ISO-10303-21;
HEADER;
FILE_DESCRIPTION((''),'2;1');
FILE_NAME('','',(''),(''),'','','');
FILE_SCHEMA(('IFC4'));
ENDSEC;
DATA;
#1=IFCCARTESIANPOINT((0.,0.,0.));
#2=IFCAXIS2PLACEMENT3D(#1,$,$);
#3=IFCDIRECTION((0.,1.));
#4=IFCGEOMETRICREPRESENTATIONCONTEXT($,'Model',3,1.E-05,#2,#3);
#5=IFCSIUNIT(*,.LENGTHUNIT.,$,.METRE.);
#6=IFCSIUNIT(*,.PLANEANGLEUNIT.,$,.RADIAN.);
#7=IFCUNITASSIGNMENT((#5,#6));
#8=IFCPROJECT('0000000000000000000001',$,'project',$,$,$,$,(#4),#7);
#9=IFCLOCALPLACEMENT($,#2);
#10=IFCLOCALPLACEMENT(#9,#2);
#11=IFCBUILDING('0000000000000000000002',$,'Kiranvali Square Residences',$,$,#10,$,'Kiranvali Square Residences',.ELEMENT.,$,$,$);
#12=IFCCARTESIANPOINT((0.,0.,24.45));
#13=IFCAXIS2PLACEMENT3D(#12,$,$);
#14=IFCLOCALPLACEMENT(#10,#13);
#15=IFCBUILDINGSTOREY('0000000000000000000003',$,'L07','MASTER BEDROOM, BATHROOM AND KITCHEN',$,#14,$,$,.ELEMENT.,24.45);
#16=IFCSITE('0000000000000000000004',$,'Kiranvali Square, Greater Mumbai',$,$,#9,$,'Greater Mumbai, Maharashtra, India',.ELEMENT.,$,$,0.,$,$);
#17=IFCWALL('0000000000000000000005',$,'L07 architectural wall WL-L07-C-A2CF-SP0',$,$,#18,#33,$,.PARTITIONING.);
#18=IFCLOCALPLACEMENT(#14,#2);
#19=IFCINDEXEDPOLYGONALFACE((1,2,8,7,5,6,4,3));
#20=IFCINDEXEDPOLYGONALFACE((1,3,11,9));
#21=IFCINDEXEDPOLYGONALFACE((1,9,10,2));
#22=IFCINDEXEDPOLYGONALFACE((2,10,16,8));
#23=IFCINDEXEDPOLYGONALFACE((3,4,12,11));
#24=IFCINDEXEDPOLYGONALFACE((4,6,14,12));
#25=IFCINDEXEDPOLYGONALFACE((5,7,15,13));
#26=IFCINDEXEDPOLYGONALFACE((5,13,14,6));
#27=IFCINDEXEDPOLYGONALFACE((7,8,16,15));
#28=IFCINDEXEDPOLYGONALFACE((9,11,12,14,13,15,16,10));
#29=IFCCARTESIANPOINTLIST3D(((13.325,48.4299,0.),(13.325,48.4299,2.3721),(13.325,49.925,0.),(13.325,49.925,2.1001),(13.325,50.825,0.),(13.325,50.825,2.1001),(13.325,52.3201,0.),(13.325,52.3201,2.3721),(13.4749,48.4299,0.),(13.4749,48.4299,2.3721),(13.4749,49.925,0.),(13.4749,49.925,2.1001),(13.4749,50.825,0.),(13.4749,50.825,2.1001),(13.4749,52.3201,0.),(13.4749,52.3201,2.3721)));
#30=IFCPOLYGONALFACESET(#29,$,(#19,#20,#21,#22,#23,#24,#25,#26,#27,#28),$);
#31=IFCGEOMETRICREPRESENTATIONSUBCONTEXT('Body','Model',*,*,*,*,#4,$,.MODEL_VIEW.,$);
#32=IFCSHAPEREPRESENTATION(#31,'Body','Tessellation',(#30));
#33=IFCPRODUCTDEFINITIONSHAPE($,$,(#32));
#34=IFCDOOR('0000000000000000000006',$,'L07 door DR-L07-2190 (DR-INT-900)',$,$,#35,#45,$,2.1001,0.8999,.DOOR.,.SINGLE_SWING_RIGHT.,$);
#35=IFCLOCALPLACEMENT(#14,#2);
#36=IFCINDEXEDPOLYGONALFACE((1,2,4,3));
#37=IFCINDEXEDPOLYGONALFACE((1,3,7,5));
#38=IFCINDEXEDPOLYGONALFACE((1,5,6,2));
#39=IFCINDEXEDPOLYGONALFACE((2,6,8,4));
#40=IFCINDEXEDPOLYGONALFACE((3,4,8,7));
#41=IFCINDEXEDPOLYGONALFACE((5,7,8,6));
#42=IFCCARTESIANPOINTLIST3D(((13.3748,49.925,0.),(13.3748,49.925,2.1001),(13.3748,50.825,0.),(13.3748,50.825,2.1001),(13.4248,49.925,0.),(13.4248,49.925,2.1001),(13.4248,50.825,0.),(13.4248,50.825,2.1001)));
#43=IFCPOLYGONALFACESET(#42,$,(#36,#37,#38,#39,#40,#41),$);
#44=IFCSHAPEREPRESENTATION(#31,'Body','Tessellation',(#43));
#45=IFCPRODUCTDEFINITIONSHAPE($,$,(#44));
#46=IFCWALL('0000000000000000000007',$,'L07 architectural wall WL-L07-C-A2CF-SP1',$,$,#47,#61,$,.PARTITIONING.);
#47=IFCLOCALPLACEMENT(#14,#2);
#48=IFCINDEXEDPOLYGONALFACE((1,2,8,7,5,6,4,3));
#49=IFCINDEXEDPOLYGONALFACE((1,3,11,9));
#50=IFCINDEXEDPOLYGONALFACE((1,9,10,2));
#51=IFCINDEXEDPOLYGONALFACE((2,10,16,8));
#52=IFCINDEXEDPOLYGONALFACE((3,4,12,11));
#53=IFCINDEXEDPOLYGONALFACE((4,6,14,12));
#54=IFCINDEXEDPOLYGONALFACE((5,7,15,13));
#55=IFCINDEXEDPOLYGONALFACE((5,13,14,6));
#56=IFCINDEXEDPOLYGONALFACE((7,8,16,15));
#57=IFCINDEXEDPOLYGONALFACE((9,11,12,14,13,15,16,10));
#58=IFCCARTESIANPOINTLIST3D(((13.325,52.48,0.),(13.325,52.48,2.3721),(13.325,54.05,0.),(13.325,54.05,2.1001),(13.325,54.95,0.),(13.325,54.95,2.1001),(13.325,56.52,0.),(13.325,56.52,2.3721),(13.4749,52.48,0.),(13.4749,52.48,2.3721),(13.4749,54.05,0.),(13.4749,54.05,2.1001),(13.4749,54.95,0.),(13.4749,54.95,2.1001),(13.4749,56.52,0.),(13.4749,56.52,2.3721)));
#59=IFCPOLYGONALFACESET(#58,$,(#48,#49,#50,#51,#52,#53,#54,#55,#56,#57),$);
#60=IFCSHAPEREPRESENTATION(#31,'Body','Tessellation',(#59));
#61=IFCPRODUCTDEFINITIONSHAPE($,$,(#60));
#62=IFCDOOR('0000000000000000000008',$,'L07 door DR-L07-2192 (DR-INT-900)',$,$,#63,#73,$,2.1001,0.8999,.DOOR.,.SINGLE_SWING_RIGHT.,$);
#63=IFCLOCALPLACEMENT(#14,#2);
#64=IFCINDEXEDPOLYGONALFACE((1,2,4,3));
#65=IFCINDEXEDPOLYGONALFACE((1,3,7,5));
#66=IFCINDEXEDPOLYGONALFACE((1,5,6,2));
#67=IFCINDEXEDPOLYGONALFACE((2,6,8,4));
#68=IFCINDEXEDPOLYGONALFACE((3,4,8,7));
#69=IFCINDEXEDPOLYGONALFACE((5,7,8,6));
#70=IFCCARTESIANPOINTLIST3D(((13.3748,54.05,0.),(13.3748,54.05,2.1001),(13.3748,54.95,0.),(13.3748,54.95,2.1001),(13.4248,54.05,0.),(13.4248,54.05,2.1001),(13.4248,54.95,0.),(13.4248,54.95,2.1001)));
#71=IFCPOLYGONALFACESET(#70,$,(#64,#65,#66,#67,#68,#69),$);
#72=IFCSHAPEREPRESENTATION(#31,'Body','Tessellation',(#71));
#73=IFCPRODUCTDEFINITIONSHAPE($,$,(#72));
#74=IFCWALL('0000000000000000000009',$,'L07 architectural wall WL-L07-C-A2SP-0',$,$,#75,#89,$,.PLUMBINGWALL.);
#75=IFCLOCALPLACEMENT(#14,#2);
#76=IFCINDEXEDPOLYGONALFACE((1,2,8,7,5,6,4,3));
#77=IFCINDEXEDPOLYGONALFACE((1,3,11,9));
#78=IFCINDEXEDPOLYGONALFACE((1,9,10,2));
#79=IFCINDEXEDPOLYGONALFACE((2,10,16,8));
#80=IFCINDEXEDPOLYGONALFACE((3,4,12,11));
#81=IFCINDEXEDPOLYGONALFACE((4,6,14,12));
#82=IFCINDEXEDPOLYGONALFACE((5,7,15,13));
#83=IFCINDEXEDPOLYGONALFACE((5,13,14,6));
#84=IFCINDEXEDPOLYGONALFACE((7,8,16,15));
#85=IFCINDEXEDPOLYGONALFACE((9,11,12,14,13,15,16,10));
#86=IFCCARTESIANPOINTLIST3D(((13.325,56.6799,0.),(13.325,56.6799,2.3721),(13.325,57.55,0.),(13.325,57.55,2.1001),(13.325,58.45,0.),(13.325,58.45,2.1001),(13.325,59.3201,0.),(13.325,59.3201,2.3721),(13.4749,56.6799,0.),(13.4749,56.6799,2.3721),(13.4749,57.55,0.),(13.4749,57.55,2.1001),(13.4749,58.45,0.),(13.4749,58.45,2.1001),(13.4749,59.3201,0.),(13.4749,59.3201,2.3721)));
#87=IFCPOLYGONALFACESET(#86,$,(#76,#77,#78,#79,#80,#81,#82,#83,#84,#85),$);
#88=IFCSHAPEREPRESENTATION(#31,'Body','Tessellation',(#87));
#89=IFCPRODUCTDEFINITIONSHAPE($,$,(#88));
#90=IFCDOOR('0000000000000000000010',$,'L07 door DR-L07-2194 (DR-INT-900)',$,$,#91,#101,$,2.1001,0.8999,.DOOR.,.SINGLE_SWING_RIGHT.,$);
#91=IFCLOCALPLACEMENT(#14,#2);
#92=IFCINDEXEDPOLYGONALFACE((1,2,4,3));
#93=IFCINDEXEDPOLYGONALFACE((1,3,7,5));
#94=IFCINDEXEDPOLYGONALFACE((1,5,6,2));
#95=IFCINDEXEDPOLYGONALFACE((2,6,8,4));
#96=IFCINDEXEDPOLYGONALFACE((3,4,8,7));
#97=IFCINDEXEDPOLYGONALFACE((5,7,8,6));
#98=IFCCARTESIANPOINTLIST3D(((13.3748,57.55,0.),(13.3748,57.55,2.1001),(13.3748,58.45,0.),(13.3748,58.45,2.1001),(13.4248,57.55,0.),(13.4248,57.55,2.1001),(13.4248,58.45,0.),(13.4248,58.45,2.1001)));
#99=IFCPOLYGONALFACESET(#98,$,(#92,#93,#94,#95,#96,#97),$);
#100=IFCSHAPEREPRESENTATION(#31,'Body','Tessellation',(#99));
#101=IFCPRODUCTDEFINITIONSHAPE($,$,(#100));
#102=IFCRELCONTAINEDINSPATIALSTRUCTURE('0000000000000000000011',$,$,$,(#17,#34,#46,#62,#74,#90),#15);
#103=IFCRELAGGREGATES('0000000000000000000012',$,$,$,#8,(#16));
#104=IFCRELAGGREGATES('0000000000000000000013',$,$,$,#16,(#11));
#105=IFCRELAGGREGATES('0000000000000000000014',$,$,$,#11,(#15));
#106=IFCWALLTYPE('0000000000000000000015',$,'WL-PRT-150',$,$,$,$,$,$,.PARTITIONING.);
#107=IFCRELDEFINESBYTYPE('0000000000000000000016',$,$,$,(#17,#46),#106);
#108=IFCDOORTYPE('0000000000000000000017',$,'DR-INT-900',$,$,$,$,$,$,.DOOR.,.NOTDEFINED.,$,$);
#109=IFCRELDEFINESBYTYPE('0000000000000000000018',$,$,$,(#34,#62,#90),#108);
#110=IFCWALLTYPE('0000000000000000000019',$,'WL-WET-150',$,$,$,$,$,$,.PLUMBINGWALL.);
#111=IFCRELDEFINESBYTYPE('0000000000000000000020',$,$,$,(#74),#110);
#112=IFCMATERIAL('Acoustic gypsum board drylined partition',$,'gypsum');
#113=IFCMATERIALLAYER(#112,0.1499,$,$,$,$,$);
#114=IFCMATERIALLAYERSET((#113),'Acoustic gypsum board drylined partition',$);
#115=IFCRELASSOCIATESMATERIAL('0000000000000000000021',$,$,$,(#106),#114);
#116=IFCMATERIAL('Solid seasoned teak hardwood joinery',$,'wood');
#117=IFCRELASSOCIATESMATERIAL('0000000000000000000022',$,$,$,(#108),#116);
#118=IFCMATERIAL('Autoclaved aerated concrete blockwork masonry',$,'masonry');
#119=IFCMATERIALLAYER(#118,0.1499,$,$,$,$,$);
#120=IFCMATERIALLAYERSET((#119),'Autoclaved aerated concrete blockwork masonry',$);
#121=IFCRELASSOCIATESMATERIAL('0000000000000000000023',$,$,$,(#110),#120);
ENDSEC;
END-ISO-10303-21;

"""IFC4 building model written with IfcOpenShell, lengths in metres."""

from ifc_helpers import new_model, si_unit, direction, frame, frame_2d, origin, place, context, subcontext, project, spatial, rectangle, extrude, material, layer, layer_set, type_object, element, fill, save


model = new_model("IFC4")

# Units and contexts
model_context = context("Model", 3, precision=1e-05, world=origin(), true_north=direction((0.0, 1.0)))
body_context = subcontext(model_context, "Body", "Model", "MODEL_VIEW")
ifc_project = project(units=[si_unit("LENGTHUNIT", "METRE"), si_unit("PLANEANGLEUNIT", "RADIAN")], contexts=[model_context])

# Site, building, storey
site_placement = place(None, origin())
site = spatial("IfcSite", under=ifc_project, at=site_placement, Name="Kiranvali Square, Greater Mumbai", LongName="Greater Mumbai, Maharashtra, India", CompositionType="ELEMENT", RefElevation=0.0)
building_placement = place(site_placement, origin())
building = spatial("IfcBuilding", under=site, at=building_placement, Name="Kiranvali Square Residences", LongName="Kiranvali Square Residences", CompositionType="ELEMENT")
storey_placement = place(building_placement, frame((0.0, 0.0, 24.45)))
storey = spatial("IfcBuildingStorey", under=building, at=storey_placement, Name="L07", Description="MASTER BEDROOM, BATHROOM AND KITCHEN", CompositionType="ELEMENT", Elevation=24.45)

# Shared definitions
ifc_material_1 = material(Name="Autoclaved aerated concrete blockwork masonry", Category="masonry")

# Walls, openings, doors
ifc_material_2 = material(Name="Acoustic gypsum board drylined partition", Category="gypsum")
ifc_layer_1 = layer(ifc_material_2, 0.1499)
ifc_layer_set_1 = layer_set([ifc_layer_1], Name="Acoustic gypsum board drylined partition")
wall_type_1 = type_object("IfcWallType", Name="WL-PRT-150", PredefinedType="PARTITIONING", material=ifc_layer_set_1)
wall_1_placement = place(storey_placement, frame((13.3999, 48.4299, 0.0), z_axis=(0.0, 0.0, 1.0), x_axis=(0.0, 1.0, 0.0)))
wall_1 = element("IfcWall", 1, at=wall_1_placement, inside=storey, type_object=wall_type_1, Name="L07 architectural wall WL-L07-C-A2CF-SP0", PredefinedType="PARTITIONING", context=body_context, shape_type="SweptSolid", body=[
    extrude(rectangle(XDim=3.8901, YDim=0.1499, at=frame_2d((1.9451, 0.0))), origin(), (0.0, 0.0, 1.0), 2.3721),
])
opening_1_placement = place(wall_1_placement, frame((1.4951, 0.0, 0.0)))
opening_1 = element("IfcOpeningElement", 2, at=opening_1_placement, cuts=wall_1, PredefinedType="OPENING", context=body_context, shape_type="SweptSolid", body=[
    extrude(rectangle(XDim=0.8999, YDim=2.1001, at=frame_2d((0.45, 1.05))), frame((0.0, 0.085, 0.0), z_axis=(0.0, -1.0, 0.0), x_axis=(1.0, 0.0, 0.0)), (0.0, 0.0, 1.0), 0.1699),
])
ifc_material_3 = material(Name="Solid seasoned teak hardwood joinery", Category="wood")
door_type = type_object("IfcDoorType", Name="DR-INT-900", OperationType="NOTDEFINED", PredefinedType="DOOR", material=ifc_material_3)
door_1_placement = place(opening_1_placement, frame((0.8999, 0.0, 0.0), z_axis=(0.0, 0.0, 1.0), x_axis=(-1.0, 0.0, 0.0)))
door_1 = element("IfcDoor", 3, at=door_1_placement, inside=storey, type_object=door_type, Name="L07 door DR-L07-2190 (DR-INT-900)", OperationType="SINGLE_SWING_RIGHT", OverallHeight=2.1001, OverallWidth=0.8999, PredefinedType="DOOR", context=body_context, shape_type="SweptSolid", body=[
    extrude(rectangle(XDim=0.8999, YDim=2.1001, at=frame_2d((0.45, 1.05))), frame((0.0, 0.0249, 0.0), z_axis=(0.0, -1.0, 0.0), x_axis=(1.0, 0.0, 0.0)), (0.0, 0.0, 1.0), 0.05),
])
fill(opening_1, door_1)
wall_2_placement = place(storey_placement, frame((13.3999, 52.48, 0.0), z_axis=(0.0, 0.0, 1.0), x_axis=(0.0, 1.0, 0.0)))
wall_2 = element("IfcWall", 4, at=wall_2_placement, inside=storey, type_object=wall_type_1, Name="L07 architectural wall WL-L07-C-A2CF-SP1", PredefinedType="PARTITIONING", context=body_context, shape_type="SweptSolid", body=[
    extrude(rectangle(XDim=4.04, YDim=0.1499, at=frame_2d((2.02, 0.0))), origin(), (0.0, 0.0, 1.0), 2.3721),
])
opening_2_placement = place(wall_2_placement, frame((1.5701, 0.0, 0.0)))
opening_2 = element("IfcOpeningElement", 5, at=opening_2_placement, cuts=wall_2, PredefinedType="OPENING", context=body_context, shape_type="SweptSolid", body=[
    extrude(rectangle(XDim=0.8999, YDim=2.1001, at=frame_2d((0.45, 1.05))), frame((0.0, 0.085, 0.0), z_axis=(0.0, -1.0, 0.0), x_axis=(1.0, 0.0, 0.0)), (0.0, 0.0, 1.0), 0.1699),
])
door_2_placement = place(opening_2_placement, frame((0.8999, 0.0, 0.0), z_axis=(0.0, 0.0, 1.0), x_axis=(-1.0, 0.0, 0.0)))
door_2 = element("IfcDoor", 6, at=door_2_placement, inside=storey, type_object=door_type, Name="L07 door DR-L07-2192 (DR-INT-900)", OperationType="SINGLE_SWING_RIGHT", OverallHeight=2.1001, OverallWidth=0.8999, PredefinedType="DOOR", context=body_context, shape_type="SweptSolid", body=[
    extrude(rectangle(XDim=0.8999, YDim=2.1001, at=frame_2d((0.45, 1.05))), frame((0.0, 0.0249, 0.0), z_axis=(0.0, -1.0, 0.0), x_axis=(1.0, 0.0, 0.0)), (0.0, 0.0, 1.0), 0.05),
])
fill(opening_2, door_2)
ifc_layer_2 = layer(ifc_material_1, 0.1499)
ifc_layer_set_2 = layer_set([ifc_layer_2], Name="Autoclaved aerated concrete blockwork masonry")
wall_type_2 = type_object("IfcWallType", Name="WL-WET-150", PredefinedType="PLUMBINGWALL", material=ifc_layer_set_2)
wall_3_placement = place(storey_placement, frame((13.3999, 56.6799, 0.0), z_axis=(0.0, 0.0, 1.0), x_axis=(0.0, 1.0, 0.0)))
wall_3 = element("IfcWall", 7, at=wall_3_placement, inside=storey, type_object=wall_type_2, Name="L07 architectural wall WL-L07-C-A2SP-0", PredefinedType="PLUMBINGWALL", context=body_context, shape_type="SweptSolid", body=[
    extrude(rectangle(XDim=2.6401, YDim=0.1499, at=frame_2d((1.3201, 0.0))), origin(), (0.0, 0.0, 1.0), 2.3721),
])
opening_3_placement = place(wall_3_placement, frame((0.8701, 0.0, 0.0)))
opening_3 = element("IfcOpeningElement", 8, at=opening_3_placement, cuts=wall_3, PredefinedType="OPENING", context=body_context, shape_type="SweptSolid", body=[
    extrude(rectangle(XDim=0.8999, YDim=2.1001, at=frame_2d((0.45, 1.05))), frame((0.0, 0.085, 0.0), z_axis=(0.0, -1.0, 0.0), x_axis=(1.0, 0.0, 0.0)), (0.0, 0.0, 1.0), 0.1699),
])
door_3_placement = place(opening_3_placement, frame((0.8999, 0.0, 0.0), z_axis=(0.0, 0.0, 1.0), x_axis=(-1.0, 0.0, 0.0)))
door_3 = element("IfcDoor", 9, at=door_3_placement, inside=storey, type_object=door_type, Name="L07 door DR-L07-2194 (DR-INT-900)", OperationType="SINGLE_SWING_RIGHT", OverallHeight=2.1001, OverallWidth=0.8999, PredefinedType="DOOR", context=body_context, shape_type="SweptSolid", body=[
    extrude(rectangle(XDim=0.8999, YDim=2.1001, at=frame_2d((0.45, 1.05))), frame((0.0, 0.0249, 0.0), z_axis=(0.0, -1.0, 0.0), x_axis=(1.0, 0.0, 0.0)), (0.0, 0.0, 1.0), 0.05),
])
fill(opening_3, door_3)

save(model, "model.ifc")
